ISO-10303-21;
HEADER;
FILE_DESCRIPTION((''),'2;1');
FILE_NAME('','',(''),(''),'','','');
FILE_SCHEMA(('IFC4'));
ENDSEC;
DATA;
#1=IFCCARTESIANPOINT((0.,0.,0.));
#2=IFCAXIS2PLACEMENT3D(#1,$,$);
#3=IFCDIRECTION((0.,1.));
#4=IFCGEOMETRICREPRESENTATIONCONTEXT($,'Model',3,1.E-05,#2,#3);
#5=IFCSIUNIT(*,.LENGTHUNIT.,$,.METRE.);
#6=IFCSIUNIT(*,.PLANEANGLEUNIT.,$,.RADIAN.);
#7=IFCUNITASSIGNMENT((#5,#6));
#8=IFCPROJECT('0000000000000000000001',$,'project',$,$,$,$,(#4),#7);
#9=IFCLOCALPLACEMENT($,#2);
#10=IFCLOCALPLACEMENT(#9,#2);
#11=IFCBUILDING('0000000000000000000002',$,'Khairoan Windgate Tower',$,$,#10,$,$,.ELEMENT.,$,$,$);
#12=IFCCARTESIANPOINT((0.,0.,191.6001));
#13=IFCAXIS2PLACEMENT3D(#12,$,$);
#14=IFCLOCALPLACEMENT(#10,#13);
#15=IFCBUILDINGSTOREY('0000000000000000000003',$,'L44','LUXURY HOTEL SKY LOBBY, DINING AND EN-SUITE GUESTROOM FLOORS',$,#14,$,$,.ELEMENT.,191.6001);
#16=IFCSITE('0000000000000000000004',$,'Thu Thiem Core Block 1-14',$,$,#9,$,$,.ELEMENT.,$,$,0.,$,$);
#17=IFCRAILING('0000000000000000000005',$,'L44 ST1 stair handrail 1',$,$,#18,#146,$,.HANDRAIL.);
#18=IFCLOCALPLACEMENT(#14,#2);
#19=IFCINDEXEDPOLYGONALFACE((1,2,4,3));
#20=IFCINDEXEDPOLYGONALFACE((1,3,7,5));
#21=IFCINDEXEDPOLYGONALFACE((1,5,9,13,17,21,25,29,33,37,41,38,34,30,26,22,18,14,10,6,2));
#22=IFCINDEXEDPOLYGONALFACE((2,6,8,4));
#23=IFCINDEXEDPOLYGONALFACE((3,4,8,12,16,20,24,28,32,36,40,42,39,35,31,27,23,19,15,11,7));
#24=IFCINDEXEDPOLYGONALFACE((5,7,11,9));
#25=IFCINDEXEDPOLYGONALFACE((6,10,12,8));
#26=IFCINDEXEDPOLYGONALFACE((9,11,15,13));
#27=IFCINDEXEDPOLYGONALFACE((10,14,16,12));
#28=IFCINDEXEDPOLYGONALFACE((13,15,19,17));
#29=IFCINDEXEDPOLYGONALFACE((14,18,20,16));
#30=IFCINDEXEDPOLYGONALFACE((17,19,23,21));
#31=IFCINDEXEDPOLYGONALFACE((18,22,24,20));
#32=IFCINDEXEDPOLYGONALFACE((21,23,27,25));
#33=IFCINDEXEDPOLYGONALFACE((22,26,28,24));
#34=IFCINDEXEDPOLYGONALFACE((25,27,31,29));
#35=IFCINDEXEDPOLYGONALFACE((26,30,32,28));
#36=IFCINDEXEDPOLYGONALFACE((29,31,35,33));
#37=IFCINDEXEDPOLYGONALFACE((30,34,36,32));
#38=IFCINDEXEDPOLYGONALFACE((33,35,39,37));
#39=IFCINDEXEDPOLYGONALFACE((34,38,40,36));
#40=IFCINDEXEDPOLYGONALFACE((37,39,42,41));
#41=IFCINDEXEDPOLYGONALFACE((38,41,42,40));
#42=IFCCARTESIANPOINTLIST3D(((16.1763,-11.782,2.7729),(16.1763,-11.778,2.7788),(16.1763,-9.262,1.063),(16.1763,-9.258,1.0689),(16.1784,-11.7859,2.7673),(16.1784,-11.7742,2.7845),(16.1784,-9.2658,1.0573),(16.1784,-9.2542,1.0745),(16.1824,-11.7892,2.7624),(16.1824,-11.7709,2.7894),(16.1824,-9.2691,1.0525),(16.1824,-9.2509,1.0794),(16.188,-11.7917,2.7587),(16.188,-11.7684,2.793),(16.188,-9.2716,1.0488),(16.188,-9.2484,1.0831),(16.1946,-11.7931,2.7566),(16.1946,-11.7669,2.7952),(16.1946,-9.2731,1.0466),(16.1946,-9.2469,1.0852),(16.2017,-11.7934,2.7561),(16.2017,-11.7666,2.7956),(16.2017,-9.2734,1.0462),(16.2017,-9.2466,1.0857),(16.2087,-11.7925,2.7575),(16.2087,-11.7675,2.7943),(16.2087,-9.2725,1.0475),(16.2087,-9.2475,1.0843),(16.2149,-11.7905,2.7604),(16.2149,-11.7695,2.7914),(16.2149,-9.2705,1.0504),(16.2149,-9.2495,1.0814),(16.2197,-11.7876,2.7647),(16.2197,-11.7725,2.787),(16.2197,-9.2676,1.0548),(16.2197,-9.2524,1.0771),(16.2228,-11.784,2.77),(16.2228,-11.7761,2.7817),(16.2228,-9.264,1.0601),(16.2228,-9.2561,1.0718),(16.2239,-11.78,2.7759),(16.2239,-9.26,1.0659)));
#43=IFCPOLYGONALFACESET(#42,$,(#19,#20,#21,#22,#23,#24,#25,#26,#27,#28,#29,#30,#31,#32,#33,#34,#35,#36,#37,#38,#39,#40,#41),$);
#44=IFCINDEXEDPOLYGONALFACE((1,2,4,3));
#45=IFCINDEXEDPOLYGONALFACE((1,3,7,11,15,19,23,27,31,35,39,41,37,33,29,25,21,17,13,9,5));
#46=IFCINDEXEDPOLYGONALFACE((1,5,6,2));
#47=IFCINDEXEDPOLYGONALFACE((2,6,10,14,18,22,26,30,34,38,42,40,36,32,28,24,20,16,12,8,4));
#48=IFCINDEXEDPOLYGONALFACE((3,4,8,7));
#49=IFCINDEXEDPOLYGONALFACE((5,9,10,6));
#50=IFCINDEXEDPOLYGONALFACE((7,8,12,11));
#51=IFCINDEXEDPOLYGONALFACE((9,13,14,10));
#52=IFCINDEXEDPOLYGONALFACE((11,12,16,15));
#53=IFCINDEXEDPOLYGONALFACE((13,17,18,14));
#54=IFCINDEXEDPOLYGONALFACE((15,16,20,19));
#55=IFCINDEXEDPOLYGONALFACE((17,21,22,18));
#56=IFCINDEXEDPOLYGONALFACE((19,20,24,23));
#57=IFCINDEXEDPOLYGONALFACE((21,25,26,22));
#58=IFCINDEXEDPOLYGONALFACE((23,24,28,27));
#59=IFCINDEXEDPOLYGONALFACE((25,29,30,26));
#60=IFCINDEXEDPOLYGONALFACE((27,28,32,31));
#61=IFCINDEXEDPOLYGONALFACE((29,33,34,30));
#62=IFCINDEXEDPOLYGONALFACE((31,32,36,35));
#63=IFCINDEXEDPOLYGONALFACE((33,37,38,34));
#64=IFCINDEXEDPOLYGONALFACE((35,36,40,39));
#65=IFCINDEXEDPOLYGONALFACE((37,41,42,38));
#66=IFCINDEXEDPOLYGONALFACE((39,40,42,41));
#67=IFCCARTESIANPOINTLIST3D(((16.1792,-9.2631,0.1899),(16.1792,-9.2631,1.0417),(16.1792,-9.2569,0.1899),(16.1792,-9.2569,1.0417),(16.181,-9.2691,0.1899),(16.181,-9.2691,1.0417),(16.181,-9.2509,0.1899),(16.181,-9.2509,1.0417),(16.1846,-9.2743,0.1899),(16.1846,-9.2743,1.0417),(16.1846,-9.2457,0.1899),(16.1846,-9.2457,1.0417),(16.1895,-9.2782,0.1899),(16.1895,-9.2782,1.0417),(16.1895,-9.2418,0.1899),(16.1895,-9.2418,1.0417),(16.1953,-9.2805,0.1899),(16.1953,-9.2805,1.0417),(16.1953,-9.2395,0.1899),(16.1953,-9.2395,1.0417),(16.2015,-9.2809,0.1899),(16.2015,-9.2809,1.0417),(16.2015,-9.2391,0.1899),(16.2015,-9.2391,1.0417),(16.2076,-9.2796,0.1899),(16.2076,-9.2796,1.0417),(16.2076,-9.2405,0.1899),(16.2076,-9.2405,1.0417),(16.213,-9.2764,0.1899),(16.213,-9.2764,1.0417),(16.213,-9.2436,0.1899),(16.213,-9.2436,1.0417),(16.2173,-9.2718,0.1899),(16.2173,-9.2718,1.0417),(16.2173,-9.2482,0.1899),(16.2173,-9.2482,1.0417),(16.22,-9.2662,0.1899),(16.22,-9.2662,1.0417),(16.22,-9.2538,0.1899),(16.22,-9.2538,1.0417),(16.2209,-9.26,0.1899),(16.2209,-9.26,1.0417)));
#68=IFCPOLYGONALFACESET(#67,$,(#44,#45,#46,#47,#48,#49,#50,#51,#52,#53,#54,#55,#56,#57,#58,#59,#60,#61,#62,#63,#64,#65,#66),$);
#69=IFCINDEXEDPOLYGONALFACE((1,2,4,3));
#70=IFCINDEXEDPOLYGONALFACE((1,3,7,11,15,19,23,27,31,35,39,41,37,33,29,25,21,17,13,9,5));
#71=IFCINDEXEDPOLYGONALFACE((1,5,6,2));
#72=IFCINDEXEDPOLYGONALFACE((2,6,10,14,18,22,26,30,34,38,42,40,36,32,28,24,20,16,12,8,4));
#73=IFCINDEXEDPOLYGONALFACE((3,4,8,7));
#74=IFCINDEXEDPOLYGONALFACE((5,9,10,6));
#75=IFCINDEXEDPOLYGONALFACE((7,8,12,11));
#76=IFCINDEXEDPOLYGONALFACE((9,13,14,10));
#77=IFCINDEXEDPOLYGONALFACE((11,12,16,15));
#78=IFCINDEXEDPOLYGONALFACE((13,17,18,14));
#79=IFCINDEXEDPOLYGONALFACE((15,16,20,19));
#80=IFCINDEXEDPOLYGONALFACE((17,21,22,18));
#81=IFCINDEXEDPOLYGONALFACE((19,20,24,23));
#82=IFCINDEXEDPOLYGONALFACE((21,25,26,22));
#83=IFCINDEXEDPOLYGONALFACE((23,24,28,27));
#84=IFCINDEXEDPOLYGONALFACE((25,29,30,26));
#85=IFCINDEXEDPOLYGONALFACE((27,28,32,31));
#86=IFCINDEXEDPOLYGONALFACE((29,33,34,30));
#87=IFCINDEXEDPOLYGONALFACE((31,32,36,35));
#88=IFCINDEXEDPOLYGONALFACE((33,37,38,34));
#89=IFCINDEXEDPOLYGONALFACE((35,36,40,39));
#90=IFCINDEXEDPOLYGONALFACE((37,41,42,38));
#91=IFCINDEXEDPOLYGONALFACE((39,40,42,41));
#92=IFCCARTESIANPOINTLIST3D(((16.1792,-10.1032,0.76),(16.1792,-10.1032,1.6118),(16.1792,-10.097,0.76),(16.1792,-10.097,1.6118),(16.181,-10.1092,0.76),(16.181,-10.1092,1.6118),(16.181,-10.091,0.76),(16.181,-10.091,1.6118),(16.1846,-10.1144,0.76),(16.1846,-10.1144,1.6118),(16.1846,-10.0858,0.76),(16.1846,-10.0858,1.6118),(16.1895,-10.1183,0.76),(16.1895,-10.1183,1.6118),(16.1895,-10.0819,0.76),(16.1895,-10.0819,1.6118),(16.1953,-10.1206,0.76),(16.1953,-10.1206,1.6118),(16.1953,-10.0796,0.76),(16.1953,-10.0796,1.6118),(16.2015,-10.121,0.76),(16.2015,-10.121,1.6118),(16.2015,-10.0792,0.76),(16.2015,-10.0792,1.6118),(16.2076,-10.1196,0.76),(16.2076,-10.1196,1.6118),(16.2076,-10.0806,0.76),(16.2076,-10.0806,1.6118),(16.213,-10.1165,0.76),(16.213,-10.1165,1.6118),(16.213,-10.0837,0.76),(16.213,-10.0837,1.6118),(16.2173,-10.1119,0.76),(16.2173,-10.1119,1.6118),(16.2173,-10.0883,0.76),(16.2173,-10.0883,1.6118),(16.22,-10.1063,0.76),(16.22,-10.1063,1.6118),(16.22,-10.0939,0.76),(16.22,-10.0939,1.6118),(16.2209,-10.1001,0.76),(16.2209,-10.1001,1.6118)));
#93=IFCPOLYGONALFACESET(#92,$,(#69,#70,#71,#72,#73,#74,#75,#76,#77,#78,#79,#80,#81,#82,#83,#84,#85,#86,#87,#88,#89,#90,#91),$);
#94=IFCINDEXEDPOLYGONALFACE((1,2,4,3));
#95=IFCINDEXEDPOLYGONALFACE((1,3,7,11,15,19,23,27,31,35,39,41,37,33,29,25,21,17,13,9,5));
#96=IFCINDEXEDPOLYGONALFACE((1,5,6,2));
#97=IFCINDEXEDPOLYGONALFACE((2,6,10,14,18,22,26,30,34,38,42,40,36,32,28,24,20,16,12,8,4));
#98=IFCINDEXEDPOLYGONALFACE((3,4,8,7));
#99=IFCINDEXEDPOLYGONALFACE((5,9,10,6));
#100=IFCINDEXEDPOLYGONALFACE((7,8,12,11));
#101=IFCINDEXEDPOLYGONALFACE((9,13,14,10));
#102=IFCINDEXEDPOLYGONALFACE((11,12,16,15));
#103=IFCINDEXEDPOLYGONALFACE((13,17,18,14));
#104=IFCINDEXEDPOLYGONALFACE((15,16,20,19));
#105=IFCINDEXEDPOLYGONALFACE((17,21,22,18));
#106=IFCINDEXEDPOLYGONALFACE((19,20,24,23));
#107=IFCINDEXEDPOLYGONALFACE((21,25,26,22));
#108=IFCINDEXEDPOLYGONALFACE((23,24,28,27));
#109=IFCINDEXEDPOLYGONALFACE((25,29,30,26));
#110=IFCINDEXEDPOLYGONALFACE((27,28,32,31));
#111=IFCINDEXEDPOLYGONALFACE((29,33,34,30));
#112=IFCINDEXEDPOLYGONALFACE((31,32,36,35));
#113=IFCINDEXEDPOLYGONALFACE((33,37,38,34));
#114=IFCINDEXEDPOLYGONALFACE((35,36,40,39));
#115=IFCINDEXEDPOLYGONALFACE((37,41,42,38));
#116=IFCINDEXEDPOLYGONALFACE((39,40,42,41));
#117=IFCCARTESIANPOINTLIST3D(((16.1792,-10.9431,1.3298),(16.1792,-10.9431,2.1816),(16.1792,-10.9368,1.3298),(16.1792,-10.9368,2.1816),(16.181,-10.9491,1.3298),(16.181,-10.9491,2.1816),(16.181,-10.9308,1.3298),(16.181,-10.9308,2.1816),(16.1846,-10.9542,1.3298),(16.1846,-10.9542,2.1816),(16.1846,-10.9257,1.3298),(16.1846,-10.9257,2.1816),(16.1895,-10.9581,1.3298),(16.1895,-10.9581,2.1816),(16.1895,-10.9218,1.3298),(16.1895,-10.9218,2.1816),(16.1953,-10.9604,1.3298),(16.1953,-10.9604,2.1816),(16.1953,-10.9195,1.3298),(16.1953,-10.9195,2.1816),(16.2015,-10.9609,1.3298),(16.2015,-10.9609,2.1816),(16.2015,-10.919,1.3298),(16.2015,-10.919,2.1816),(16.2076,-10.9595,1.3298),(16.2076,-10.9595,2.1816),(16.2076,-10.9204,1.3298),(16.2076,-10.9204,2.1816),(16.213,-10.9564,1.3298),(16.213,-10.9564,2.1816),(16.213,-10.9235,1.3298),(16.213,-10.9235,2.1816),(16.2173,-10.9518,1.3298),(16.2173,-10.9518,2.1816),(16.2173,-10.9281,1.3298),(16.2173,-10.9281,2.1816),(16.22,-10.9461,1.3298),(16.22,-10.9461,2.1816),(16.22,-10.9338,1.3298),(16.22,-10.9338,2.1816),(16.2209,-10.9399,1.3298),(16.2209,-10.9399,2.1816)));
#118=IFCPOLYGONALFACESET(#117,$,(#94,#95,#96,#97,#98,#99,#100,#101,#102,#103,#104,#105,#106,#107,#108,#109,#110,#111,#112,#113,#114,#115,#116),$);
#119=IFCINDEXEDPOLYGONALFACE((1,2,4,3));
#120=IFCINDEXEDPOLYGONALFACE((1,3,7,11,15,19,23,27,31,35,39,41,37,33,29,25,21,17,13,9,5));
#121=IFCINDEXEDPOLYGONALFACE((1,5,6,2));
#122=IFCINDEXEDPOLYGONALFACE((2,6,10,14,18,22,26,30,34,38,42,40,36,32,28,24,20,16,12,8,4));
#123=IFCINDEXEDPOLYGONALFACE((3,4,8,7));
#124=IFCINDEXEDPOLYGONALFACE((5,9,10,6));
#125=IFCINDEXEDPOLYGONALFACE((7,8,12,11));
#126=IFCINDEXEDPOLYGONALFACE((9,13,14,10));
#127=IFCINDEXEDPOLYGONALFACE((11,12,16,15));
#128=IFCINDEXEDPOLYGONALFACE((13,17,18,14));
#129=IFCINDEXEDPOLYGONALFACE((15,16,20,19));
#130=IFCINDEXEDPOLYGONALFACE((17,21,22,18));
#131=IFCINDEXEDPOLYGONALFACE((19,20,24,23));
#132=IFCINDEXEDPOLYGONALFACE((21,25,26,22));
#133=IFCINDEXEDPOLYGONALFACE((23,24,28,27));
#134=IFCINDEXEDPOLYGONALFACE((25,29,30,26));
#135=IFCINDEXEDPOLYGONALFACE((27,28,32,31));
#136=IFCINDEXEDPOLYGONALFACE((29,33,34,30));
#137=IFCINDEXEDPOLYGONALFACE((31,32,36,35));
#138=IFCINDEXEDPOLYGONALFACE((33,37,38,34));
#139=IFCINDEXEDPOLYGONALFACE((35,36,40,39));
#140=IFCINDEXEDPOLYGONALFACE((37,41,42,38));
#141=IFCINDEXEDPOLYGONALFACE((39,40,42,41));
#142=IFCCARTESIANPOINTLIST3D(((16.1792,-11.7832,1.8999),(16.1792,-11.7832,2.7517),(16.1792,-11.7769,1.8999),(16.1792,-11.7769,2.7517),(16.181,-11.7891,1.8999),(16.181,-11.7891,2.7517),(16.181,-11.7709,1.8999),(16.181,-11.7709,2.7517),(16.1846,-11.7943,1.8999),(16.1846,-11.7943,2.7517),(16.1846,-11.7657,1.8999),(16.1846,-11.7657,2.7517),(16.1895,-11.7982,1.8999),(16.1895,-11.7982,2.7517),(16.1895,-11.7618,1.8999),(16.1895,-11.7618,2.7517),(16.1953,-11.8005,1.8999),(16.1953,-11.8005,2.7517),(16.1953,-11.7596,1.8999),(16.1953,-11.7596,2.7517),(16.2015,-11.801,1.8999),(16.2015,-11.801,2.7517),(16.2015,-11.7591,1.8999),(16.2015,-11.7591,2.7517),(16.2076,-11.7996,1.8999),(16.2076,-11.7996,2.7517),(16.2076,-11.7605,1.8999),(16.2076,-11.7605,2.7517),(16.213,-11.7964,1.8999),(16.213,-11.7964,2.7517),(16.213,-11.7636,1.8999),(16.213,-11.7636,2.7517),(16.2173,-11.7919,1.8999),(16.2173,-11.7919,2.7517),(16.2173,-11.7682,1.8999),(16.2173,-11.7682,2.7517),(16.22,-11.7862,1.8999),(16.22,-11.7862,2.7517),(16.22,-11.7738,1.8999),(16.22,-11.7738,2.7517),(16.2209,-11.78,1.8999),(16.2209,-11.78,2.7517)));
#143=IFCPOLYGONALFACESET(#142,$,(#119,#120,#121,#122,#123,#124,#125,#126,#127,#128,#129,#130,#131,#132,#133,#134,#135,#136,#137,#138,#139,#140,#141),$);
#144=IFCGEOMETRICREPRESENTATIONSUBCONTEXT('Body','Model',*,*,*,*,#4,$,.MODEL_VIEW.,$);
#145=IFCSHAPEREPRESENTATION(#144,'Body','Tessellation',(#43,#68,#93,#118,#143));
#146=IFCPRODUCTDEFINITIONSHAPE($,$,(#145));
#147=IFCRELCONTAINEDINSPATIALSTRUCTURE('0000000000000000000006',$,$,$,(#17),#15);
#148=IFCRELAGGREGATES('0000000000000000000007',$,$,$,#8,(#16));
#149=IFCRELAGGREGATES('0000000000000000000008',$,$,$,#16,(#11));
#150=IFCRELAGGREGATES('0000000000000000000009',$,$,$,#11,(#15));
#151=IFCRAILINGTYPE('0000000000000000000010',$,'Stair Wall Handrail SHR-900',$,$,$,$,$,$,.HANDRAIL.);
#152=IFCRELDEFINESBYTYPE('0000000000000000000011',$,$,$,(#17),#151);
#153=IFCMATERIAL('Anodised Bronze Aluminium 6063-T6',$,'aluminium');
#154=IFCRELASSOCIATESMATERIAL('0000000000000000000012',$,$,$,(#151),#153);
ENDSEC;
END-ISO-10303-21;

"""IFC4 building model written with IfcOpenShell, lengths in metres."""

from ifc_helpers import new_model, si_unit, direction, frame, origin, origin_2d, place, context, subcontext, project, spatial, circle, extrude, material, type_object, element, save


model = new_model("IFC4")

# Units and contexts
model_context = context("Model", 3, precision=1e-05, world=origin(), true_north=direction((0.0, 1.0)))
body_context = subcontext(model_context, "Body", "Model", "MODEL_VIEW")
ifc_project = project(units=[si_unit("LENGTHUNIT", "METRE"), si_unit("PLANEANGLEUNIT", "RADIAN")], contexts=[model_context])

# Site, building, storey
site_placement = place(None, origin())
site = spatial("IfcSite", under=ifc_project, at=site_placement, Name="Thu Thiem Core Block 1-14", CompositionType="ELEMENT", RefElevation=0.0)
building_placement = place(site_placement, origin())
building = spatial("IfcBuilding", under=site, at=building_placement, Name="Khairoan Windgate Tower", CompositionType="ELEMENT")
storey_placement = place(building_placement, frame((0.0, 0.0, 191.6001)))
storey = spatial("IfcBuildingStorey", under=building, at=storey_placement, Name="L44", Description="LUXURY HOTEL SKY LOBBY, DINING AND EN-SUITE GUESTROOM FLOORS", CompositionType="ELEMENT", Elevation=191.6001)

# Railing
ifc_material_1 = material(Name="Anodised Bronze Aluminium 6063-T6", Category="aluminium")
railing_type_1 = type_object("IfcRailingType", Name="Stair Wall Handrail SHR-900", PredefinedType="HANDRAIL", material=ifc_material_1)
railing_1_placement = place(storey_placement, frame((16.2, -9.26, 0.1899)))
element("IfcRailing", 1, at=railing_1_placement, inside=storey, type_object=railing_type_1, Name="L44 ST1 stair handrail 1", PredefinedType="HANDRAIL", context=body_context, shape_type="SweptSolid", body=[
    extrude(circle(Radius=0.0239, at=origin_2d()), frame((0.0, 0.0, 0.876), z_axis=(0.0, -0.827484, 0.56149), x_axis=(1.0, 0.0, 0.0)), (0.0, 0.0, 1.0), 3.0454),
    extrude(circle(Radius=0.021, at=origin_2d()), origin(), (0.0, 0.0, 1.0), 0.8518),
    extrude(circle(Radius=0.021, at=origin_2d()), frame((0.0, -0.8401, 0.5701)), (0.0, 0.0, 1.0), 0.8518),
    extrude(circle(Radius=0.021, at=origin_2d()), frame((0.0, -1.6799, 1.1399)), (0.0, 0.0, 1.0), 0.8518),
    extrude(circle(Radius=0.021, at=origin_2d()), frame((0.0, -2.52, 1.71)), (0.0, 0.0, 1.0), 0.8518),
])

save(model, "model.ifc")
